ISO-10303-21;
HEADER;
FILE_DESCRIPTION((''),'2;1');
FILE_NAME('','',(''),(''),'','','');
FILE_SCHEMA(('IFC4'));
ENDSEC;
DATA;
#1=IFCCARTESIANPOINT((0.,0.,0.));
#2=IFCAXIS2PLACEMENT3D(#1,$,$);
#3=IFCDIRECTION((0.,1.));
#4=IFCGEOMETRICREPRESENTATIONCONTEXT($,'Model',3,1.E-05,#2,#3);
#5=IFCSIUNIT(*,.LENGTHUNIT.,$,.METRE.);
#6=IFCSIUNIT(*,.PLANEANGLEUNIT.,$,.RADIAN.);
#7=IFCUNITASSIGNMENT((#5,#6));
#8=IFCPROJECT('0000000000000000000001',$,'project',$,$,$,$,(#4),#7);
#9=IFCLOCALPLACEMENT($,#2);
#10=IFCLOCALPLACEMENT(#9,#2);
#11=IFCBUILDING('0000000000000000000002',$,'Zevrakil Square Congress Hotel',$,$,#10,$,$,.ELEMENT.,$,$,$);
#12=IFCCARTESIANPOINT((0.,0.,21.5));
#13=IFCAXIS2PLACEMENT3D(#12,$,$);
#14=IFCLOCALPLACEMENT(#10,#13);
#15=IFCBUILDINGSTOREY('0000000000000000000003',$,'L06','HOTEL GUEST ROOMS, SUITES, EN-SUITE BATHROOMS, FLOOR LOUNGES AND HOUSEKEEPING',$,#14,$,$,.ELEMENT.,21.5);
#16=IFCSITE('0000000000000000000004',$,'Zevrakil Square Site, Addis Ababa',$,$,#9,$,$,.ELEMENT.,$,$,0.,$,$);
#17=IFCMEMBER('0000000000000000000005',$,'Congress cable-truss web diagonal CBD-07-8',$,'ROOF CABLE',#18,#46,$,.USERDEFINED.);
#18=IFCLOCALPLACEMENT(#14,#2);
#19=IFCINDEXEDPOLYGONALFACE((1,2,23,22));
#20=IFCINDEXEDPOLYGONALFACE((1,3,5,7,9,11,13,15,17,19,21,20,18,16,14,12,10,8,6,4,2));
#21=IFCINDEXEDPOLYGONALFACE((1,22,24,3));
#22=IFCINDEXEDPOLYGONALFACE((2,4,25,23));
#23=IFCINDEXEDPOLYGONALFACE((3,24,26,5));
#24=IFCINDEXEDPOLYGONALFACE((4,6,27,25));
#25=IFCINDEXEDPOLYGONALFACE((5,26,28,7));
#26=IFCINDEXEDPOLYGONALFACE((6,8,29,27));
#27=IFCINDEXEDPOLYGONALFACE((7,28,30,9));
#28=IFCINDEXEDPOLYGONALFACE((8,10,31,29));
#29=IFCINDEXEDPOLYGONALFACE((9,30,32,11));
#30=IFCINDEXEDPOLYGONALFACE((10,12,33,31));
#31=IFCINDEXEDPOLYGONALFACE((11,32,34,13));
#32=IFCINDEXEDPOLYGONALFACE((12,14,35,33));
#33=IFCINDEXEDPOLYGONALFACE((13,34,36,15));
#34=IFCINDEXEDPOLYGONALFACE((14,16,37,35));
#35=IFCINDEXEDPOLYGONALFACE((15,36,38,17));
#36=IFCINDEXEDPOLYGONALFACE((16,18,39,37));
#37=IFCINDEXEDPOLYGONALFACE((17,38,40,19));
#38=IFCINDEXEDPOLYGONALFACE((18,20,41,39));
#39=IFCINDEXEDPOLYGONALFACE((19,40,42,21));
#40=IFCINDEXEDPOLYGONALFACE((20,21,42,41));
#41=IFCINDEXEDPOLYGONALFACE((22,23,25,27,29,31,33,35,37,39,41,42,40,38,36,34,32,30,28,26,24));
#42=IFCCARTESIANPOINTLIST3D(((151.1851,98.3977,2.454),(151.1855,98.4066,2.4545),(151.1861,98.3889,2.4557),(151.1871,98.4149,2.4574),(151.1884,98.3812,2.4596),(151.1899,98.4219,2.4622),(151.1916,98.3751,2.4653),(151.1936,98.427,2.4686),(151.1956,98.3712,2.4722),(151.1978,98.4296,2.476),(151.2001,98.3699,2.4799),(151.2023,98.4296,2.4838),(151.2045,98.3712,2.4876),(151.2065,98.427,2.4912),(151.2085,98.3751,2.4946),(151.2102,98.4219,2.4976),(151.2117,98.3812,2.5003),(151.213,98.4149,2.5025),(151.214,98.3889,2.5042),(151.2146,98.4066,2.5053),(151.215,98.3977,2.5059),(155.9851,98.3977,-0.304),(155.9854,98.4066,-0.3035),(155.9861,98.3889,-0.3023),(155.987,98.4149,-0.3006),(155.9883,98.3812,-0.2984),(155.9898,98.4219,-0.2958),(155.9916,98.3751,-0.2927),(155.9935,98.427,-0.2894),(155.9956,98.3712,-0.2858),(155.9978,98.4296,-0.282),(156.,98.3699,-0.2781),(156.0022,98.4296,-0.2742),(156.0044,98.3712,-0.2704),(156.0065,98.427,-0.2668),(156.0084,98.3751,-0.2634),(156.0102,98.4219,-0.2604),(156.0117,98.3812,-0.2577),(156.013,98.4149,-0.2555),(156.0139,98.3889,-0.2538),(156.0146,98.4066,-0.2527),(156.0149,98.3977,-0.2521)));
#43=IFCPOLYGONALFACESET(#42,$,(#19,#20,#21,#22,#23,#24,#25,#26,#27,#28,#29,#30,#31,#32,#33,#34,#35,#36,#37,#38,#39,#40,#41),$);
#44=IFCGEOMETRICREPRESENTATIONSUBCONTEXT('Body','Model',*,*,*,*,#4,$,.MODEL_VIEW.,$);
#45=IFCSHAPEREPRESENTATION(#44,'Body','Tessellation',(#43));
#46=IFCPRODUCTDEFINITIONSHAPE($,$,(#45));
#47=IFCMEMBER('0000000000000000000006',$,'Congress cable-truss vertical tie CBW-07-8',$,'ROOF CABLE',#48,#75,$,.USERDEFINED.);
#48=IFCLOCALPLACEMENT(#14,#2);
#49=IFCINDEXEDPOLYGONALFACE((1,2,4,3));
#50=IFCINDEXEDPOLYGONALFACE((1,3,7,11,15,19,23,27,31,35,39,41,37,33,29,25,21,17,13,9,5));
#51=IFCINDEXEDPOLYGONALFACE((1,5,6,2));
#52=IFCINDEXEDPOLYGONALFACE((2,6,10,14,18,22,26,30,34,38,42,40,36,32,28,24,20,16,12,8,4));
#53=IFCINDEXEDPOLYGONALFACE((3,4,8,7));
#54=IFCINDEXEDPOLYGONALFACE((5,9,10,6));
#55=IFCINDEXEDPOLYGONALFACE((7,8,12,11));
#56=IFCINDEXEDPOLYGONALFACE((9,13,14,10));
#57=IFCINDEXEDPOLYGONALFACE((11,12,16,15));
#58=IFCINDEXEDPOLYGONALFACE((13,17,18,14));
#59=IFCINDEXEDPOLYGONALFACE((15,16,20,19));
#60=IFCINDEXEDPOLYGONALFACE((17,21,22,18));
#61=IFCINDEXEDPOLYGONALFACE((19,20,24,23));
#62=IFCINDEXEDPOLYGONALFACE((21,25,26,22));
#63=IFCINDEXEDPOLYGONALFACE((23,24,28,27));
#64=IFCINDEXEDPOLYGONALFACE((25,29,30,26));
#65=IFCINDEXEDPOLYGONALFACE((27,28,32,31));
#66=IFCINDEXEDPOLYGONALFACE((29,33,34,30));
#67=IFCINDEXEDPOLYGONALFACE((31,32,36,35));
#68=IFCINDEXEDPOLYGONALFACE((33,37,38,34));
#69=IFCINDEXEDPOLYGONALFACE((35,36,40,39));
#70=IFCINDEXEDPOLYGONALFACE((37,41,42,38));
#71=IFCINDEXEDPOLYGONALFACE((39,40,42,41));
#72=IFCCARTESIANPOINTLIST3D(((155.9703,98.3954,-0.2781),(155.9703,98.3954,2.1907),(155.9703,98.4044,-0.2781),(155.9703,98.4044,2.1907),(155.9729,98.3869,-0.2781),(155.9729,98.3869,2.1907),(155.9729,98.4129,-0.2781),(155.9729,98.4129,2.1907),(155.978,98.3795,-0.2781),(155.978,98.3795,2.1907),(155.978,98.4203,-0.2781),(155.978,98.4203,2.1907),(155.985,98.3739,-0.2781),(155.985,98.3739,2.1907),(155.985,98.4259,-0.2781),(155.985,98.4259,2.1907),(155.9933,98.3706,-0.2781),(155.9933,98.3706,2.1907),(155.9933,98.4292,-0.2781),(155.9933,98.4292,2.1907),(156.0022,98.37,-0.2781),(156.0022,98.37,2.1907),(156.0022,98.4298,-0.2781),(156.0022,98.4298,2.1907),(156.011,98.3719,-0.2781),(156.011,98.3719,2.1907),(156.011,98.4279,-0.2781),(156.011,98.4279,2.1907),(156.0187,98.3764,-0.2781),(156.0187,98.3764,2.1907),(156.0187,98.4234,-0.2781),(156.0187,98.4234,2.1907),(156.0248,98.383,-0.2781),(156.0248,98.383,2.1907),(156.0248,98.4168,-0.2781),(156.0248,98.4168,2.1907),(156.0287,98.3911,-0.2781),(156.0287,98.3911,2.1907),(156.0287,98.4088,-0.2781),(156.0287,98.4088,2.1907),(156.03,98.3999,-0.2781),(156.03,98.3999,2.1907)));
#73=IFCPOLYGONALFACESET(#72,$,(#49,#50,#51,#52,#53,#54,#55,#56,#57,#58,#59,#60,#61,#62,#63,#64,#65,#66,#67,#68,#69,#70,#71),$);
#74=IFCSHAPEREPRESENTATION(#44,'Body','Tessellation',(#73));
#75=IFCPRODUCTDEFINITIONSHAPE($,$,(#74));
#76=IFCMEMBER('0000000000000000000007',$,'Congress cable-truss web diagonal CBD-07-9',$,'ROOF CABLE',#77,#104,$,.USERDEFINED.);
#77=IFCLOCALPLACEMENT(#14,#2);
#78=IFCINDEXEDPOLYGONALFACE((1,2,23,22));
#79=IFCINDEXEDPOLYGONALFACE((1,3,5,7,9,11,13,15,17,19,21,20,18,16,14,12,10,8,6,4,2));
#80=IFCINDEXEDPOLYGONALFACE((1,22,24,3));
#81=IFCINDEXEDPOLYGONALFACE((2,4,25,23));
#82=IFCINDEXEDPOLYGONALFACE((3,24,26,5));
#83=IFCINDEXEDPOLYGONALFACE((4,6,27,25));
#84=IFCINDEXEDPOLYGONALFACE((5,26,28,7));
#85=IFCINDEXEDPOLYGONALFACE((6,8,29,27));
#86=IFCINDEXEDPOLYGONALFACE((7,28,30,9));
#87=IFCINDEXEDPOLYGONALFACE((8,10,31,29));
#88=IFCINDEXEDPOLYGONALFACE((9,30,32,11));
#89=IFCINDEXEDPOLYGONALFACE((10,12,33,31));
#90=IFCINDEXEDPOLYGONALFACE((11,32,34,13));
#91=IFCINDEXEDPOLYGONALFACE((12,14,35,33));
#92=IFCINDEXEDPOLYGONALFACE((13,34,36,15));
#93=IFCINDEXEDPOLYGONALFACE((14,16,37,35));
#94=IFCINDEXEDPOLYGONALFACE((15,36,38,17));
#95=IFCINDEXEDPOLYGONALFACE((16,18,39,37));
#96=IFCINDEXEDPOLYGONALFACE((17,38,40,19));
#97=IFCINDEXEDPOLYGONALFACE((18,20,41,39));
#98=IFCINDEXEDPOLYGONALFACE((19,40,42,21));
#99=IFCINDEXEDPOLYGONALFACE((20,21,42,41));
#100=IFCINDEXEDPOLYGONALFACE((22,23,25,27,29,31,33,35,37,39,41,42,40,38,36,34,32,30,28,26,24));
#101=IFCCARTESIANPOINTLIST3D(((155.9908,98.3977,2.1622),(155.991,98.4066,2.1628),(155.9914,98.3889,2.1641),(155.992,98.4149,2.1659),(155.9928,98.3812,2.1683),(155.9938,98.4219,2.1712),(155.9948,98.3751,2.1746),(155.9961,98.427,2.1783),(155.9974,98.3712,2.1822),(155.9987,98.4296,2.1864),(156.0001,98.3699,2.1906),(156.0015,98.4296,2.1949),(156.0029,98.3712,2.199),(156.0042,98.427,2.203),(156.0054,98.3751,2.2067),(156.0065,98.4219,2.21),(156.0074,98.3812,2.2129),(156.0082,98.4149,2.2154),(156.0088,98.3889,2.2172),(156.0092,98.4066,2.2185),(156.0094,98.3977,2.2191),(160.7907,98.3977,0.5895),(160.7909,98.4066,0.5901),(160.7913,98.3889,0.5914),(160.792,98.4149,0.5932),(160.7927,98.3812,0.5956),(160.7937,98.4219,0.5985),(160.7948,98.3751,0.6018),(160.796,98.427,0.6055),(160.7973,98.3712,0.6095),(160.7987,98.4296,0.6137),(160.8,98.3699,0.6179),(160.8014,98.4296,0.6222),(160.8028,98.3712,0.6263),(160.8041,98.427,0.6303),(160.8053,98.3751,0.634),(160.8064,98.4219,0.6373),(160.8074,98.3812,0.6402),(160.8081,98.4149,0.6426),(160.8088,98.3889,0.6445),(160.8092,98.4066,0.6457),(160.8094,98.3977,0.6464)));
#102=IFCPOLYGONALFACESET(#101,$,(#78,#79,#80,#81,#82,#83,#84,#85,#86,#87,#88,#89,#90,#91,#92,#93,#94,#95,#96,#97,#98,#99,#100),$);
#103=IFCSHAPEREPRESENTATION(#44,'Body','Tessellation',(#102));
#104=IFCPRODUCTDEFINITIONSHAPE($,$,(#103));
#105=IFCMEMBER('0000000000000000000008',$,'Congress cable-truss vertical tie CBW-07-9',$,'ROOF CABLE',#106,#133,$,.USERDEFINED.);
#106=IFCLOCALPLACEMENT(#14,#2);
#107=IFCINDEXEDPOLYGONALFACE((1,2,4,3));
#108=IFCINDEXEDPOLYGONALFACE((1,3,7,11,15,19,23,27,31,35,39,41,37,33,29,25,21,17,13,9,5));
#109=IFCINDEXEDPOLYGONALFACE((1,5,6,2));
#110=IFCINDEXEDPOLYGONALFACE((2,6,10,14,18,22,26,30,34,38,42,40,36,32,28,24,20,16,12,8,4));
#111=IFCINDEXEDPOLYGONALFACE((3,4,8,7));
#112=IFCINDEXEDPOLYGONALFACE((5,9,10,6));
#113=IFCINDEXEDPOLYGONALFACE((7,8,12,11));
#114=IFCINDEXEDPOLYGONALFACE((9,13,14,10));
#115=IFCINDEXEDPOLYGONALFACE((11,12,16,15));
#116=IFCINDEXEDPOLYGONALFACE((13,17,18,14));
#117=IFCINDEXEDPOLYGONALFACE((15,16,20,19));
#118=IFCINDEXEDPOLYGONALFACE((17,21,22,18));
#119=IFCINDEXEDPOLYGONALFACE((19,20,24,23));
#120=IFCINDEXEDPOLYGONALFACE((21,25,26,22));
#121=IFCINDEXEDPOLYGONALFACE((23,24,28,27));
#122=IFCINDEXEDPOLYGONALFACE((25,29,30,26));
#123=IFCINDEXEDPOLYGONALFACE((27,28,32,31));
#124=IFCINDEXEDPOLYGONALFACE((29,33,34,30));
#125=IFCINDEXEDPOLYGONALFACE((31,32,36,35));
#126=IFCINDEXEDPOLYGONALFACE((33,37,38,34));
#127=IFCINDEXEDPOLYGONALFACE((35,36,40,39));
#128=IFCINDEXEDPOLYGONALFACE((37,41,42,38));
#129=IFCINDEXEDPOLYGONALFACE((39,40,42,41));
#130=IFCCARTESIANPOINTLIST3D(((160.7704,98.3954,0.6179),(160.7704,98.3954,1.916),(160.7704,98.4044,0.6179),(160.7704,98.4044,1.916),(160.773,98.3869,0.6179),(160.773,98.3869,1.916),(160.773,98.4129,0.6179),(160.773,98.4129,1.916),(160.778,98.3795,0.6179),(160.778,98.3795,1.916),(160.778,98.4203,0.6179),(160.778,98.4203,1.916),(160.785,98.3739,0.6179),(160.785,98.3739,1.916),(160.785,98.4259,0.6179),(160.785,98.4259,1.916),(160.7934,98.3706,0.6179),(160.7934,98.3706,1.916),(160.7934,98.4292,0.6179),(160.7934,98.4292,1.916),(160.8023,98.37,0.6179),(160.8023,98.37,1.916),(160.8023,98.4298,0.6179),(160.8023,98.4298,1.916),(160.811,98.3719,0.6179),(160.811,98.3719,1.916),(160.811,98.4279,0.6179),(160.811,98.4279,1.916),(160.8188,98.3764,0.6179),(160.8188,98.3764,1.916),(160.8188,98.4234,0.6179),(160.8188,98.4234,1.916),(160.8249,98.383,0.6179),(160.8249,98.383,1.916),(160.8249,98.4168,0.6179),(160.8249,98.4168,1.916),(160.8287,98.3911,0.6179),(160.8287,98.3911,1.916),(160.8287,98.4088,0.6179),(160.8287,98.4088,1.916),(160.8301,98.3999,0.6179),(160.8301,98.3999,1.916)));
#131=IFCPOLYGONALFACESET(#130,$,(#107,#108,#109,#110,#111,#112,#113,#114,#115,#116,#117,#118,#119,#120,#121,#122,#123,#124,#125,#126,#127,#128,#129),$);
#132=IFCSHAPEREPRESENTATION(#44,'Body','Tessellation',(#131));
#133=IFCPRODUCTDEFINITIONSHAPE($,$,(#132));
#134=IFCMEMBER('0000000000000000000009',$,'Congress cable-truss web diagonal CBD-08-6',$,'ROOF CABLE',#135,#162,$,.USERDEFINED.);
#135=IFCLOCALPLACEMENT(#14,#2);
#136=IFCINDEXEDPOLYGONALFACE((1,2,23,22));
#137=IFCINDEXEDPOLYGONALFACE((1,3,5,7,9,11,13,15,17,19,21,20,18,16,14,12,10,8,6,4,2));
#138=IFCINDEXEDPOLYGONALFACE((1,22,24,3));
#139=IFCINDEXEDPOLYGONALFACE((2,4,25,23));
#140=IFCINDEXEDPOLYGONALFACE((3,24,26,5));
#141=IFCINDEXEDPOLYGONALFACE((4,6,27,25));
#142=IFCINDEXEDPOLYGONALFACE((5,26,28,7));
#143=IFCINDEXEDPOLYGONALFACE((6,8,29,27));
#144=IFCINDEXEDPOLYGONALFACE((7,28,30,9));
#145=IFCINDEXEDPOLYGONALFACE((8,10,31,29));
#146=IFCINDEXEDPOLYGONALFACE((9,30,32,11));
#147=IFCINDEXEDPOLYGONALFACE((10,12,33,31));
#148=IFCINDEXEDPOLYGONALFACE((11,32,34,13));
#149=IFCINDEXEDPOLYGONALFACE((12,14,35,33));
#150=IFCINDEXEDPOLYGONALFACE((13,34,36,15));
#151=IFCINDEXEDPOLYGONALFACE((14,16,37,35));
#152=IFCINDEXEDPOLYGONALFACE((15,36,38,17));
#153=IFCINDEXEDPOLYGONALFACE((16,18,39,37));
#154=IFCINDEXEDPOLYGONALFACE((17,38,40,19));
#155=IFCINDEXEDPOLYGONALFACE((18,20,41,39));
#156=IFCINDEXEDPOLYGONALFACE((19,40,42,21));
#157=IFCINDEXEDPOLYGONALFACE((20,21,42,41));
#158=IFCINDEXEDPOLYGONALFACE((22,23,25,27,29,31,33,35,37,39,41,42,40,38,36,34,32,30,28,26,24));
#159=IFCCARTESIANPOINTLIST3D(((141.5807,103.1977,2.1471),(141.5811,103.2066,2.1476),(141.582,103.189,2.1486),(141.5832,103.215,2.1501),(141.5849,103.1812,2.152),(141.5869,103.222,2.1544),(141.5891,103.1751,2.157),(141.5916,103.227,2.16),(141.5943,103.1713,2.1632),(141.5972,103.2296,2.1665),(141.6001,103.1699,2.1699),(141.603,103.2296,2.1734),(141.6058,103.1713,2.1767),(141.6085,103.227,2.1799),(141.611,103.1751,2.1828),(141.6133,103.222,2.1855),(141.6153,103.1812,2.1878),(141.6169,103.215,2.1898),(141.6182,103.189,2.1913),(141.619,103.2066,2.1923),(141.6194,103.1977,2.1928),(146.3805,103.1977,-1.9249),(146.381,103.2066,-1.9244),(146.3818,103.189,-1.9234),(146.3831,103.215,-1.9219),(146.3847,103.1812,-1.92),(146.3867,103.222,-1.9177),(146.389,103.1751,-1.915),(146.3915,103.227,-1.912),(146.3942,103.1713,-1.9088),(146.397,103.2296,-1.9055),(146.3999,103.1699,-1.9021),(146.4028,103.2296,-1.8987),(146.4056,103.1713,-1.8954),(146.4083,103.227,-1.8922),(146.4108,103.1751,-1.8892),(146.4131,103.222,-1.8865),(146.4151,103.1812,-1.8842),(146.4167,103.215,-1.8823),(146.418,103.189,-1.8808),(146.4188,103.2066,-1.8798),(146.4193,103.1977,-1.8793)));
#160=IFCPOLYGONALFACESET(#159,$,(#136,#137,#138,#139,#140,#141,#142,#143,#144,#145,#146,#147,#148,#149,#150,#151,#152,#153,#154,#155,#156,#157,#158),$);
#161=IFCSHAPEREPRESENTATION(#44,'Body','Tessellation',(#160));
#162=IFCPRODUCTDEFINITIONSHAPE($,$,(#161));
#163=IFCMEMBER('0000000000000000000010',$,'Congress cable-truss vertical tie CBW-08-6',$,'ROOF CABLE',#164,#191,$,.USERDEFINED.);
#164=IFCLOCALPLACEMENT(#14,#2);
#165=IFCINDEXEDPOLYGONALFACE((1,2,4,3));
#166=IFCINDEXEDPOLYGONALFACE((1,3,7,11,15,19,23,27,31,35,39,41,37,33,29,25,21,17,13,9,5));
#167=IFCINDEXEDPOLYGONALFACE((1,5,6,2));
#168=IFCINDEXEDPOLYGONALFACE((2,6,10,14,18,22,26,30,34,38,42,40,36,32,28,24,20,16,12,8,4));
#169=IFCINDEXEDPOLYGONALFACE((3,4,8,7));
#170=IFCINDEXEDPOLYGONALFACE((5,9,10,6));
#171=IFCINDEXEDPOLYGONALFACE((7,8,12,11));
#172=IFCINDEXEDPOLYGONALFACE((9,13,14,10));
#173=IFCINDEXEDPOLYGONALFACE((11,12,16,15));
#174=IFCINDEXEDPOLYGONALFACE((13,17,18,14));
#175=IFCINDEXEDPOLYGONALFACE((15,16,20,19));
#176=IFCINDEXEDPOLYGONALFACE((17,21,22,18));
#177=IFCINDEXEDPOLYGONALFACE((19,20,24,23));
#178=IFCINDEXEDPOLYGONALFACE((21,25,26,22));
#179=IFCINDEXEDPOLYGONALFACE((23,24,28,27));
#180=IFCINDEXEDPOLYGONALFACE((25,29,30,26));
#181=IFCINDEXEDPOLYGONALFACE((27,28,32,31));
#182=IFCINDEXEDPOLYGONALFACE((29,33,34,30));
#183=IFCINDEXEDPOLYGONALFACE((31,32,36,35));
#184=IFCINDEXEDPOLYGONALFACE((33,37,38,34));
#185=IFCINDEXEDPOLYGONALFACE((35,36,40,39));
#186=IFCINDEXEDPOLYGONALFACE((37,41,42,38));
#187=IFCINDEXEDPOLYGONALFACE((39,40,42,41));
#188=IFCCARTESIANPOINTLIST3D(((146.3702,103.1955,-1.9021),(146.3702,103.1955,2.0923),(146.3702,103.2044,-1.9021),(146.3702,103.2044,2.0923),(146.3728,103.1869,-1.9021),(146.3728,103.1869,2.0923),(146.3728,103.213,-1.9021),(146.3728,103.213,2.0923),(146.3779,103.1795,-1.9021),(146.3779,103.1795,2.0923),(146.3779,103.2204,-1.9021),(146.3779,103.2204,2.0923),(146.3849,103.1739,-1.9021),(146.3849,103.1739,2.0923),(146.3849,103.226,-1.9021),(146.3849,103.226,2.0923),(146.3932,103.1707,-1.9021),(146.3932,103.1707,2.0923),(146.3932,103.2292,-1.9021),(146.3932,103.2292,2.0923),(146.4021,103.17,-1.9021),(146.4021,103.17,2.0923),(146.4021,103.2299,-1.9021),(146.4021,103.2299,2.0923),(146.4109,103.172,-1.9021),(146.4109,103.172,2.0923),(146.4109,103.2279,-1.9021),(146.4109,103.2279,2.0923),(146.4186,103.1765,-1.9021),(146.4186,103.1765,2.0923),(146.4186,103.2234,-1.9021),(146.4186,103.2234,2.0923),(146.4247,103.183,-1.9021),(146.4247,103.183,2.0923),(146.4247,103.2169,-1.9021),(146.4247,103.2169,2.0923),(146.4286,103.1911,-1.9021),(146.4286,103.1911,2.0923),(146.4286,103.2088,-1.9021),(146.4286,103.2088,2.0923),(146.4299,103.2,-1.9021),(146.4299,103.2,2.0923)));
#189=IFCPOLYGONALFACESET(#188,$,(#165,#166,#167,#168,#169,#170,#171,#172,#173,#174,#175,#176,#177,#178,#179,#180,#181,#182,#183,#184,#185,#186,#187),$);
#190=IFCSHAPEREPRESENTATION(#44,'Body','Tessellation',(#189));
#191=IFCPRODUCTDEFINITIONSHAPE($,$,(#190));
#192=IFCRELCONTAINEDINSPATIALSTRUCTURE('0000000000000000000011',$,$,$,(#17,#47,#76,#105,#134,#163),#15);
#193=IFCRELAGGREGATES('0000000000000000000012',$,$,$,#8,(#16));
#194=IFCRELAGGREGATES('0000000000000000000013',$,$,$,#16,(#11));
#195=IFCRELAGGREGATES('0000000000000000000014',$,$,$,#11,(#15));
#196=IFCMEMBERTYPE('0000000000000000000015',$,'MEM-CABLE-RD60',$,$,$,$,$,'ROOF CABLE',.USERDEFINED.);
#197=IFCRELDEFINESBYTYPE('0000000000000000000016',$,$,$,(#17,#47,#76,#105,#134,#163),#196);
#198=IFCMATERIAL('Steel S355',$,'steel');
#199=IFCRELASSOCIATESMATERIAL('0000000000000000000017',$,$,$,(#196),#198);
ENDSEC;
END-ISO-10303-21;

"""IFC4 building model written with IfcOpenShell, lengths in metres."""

from ifc_helpers import new_model, si_unit, direction, frame, origin, origin_2d, place, context, subcontext, project, spatial, circle, extrude, material, material_profile, profile_set, type_object, element, save


model = new_model("IFC4")

# Units and contexts
model_context = context("Model", 3, precision=1e-05, world=origin(), true_north=direction((0.0, 1.0)))
body_context = subcontext(model_context, "Body", "Model", "MODEL_VIEW")
ifc_project = project(units=[si_unit("LENGTHUNIT", "METRE"), si_unit("PLANEANGLEUNIT", "RADIAN")], contexts=[model_context])

# Site, building, storey
site_placement = place(None, origin())
site = spatial("IfcSite", under=ifc_project, at=site_placement, Name="Zevrakil Square Site, Addis Ababa", CompositionType="ELEMENT", RefElevation=0.0)
building_placement = place(site_placement, origin())
building = spatial("IfcBuilding", under=site, at=building_placement, Name="Zevrakil Square Congress Hotel", CompositionType="ELEMENT")
storey_placement = place(building_placement, frame((0.0, 0.0, 21.5)))
storey = spatial("IfcBuildingStorey", under=building, at=storey_placement, Name="L06", Description="HOTEL GUEST ROOMS, SUITES, EN-SUITE BATHROOMS, FLOOR LOUNGES AND HOUSEKEEPING", CompositionType="ELEMENT", Elevation=21.5)

# Members
ifc_material_1 = material(Name="Steel S355", Category="steel")
ifc_material_profile_1 = material_profile(ifc_material_1, circle(Radius=0.03, at=origin_2d()), Name="CABLE RD60")
ifc_profile_set_1 = profile_set([ifc_material_profile_1], Name="Steel S355")
member_type_1 = type_object("IfcMemberType", Name="MEM-CABLE-RD60", ElementType="ROOF CABLE", PredefinedType="USERDEFINED", material=ifc_profile_set_1)
member_1_placement = place(storey_placement, frame((156.0, 98.3999, -0.2781), z_axis=(-0.86706, 0.0, 0.498203), x_axis=(0.0, -1.0, 0.0)))
element("IfcMember", 1, at=member_1_placement, inside=storey, type_object=member_type_1, Name="Congress cable-truss web diagonal CBD-07-8", ObjectType="ROOF CABLE", PredefinedType="USERDEFINED", context=body_context, shape_type="SweptSolid", body=[
    extrude(circle(Radius=0.03, at=origin_2d()), origin(), (0.0, 0.0, 1.0), 5.5359),
])
member_2_placement = place(storey_placement, frame((156.0, 98.3999, -0.2781), z_axis=(0.0, 0.0, 1.0), x_axis=(1.0, 0.0, 0.0)))
element("IfcMember", 2, at=member_2_placement, inside=storey, type_object=member_type_1, Name="Congress cable-truss vertical tie CBW-07-8", ObjectType="ROOF CABLE", PredefinedType="USERDEFINED", context=body_context, shape_type="SweptSolid", body=[
    extrude(circle(Radius=0.03, at=origin_2d()), origin(), (0.0, 0.0, 1.0), 2.4688),
])
member_3_placement = place(storey_placement, frame((160.8, 98.3999, 0.6179), z_axis=(-0.95029, 0.0, 0.311366), x_axis=(0.0, -1.0, 0.0)))
element("IfcMember", 3, at=member_3_placement, inside=storey, type_object=member_type_1, Name="Congress cable-truss web diagonal CBD-07-9", ObjectType="ROOF CABLE", PredefinedType="USERDEFINED", context=body_context, shape_type="SweptSolid", body=[
    extrude(circle(Radius=0.03, at=origin_2d()), origin(), (0.0, 0.0, 1.0), 5.051),
])
member_4_placement = place(storey_placement, frame((160.8, 98.3999, 0.6179), z_axis=(0.0, 0.0, 1.0), x_axis=(1.0, 0.0, 0.0)))
element("IfcMember", 4, at=member_4_placement, inside=storey, type_object=member_type_1, Name="Congress cable-truss vertical tie CBW-07-9", ObjectType="ROOF CABLE", PredefinedType="USERDEFINED", context=body_context, shape_type="SweptSolid", body=[
    extrude(circle(Radius=0.03, at=origin_2d()), origin(), (0.0, 0.0, 1.0), 1.2981),
])
member_5_placement = place(storey_placement, frame((146.3999, 103.2, -1.9021), z_axis=(-0.762551, 0.0, 0.646928), x_axis=(0.0, -1.0, 0.0)))
element("IfcMember", 5, at=member_5_placement, inside=storey, type_object=member_type_1, Name="Congress cable-truss web diagonal CBD-08-6", ObjectType="ROOF CABLE", PredefinedType="USERDEFINED", context=body_context, shape_type="SweptSolid", body=[
    extrude(circle(Radius=0.03, at=origin_2d()), origin(), (0.0, 0.0, 1.0), 6.2944),
])
member_6_placement = place(storey_placement, frame((146.3999, 103.2, -1.9021), z_axis=(0.0, 0.0, 1.0), x_axis=(1.0, 0.0, 0.0)))
element("IfcMember", 6, at=member_6_placement, inside=storey, type_object=member_type_1, Name="Congress cable-truss vertical tie CBW-08-6", ObjectType="ROOF CABLE", PredefinedType="USERDEFINED", context=body_context, shape_type="SweptSolid", body=[
    extrude(circle(Radius=0.03, at=origin_2d()), origin(), (0.0, 0.0, 1.0), 3.9944),
])

save(model, "model.ifc")
